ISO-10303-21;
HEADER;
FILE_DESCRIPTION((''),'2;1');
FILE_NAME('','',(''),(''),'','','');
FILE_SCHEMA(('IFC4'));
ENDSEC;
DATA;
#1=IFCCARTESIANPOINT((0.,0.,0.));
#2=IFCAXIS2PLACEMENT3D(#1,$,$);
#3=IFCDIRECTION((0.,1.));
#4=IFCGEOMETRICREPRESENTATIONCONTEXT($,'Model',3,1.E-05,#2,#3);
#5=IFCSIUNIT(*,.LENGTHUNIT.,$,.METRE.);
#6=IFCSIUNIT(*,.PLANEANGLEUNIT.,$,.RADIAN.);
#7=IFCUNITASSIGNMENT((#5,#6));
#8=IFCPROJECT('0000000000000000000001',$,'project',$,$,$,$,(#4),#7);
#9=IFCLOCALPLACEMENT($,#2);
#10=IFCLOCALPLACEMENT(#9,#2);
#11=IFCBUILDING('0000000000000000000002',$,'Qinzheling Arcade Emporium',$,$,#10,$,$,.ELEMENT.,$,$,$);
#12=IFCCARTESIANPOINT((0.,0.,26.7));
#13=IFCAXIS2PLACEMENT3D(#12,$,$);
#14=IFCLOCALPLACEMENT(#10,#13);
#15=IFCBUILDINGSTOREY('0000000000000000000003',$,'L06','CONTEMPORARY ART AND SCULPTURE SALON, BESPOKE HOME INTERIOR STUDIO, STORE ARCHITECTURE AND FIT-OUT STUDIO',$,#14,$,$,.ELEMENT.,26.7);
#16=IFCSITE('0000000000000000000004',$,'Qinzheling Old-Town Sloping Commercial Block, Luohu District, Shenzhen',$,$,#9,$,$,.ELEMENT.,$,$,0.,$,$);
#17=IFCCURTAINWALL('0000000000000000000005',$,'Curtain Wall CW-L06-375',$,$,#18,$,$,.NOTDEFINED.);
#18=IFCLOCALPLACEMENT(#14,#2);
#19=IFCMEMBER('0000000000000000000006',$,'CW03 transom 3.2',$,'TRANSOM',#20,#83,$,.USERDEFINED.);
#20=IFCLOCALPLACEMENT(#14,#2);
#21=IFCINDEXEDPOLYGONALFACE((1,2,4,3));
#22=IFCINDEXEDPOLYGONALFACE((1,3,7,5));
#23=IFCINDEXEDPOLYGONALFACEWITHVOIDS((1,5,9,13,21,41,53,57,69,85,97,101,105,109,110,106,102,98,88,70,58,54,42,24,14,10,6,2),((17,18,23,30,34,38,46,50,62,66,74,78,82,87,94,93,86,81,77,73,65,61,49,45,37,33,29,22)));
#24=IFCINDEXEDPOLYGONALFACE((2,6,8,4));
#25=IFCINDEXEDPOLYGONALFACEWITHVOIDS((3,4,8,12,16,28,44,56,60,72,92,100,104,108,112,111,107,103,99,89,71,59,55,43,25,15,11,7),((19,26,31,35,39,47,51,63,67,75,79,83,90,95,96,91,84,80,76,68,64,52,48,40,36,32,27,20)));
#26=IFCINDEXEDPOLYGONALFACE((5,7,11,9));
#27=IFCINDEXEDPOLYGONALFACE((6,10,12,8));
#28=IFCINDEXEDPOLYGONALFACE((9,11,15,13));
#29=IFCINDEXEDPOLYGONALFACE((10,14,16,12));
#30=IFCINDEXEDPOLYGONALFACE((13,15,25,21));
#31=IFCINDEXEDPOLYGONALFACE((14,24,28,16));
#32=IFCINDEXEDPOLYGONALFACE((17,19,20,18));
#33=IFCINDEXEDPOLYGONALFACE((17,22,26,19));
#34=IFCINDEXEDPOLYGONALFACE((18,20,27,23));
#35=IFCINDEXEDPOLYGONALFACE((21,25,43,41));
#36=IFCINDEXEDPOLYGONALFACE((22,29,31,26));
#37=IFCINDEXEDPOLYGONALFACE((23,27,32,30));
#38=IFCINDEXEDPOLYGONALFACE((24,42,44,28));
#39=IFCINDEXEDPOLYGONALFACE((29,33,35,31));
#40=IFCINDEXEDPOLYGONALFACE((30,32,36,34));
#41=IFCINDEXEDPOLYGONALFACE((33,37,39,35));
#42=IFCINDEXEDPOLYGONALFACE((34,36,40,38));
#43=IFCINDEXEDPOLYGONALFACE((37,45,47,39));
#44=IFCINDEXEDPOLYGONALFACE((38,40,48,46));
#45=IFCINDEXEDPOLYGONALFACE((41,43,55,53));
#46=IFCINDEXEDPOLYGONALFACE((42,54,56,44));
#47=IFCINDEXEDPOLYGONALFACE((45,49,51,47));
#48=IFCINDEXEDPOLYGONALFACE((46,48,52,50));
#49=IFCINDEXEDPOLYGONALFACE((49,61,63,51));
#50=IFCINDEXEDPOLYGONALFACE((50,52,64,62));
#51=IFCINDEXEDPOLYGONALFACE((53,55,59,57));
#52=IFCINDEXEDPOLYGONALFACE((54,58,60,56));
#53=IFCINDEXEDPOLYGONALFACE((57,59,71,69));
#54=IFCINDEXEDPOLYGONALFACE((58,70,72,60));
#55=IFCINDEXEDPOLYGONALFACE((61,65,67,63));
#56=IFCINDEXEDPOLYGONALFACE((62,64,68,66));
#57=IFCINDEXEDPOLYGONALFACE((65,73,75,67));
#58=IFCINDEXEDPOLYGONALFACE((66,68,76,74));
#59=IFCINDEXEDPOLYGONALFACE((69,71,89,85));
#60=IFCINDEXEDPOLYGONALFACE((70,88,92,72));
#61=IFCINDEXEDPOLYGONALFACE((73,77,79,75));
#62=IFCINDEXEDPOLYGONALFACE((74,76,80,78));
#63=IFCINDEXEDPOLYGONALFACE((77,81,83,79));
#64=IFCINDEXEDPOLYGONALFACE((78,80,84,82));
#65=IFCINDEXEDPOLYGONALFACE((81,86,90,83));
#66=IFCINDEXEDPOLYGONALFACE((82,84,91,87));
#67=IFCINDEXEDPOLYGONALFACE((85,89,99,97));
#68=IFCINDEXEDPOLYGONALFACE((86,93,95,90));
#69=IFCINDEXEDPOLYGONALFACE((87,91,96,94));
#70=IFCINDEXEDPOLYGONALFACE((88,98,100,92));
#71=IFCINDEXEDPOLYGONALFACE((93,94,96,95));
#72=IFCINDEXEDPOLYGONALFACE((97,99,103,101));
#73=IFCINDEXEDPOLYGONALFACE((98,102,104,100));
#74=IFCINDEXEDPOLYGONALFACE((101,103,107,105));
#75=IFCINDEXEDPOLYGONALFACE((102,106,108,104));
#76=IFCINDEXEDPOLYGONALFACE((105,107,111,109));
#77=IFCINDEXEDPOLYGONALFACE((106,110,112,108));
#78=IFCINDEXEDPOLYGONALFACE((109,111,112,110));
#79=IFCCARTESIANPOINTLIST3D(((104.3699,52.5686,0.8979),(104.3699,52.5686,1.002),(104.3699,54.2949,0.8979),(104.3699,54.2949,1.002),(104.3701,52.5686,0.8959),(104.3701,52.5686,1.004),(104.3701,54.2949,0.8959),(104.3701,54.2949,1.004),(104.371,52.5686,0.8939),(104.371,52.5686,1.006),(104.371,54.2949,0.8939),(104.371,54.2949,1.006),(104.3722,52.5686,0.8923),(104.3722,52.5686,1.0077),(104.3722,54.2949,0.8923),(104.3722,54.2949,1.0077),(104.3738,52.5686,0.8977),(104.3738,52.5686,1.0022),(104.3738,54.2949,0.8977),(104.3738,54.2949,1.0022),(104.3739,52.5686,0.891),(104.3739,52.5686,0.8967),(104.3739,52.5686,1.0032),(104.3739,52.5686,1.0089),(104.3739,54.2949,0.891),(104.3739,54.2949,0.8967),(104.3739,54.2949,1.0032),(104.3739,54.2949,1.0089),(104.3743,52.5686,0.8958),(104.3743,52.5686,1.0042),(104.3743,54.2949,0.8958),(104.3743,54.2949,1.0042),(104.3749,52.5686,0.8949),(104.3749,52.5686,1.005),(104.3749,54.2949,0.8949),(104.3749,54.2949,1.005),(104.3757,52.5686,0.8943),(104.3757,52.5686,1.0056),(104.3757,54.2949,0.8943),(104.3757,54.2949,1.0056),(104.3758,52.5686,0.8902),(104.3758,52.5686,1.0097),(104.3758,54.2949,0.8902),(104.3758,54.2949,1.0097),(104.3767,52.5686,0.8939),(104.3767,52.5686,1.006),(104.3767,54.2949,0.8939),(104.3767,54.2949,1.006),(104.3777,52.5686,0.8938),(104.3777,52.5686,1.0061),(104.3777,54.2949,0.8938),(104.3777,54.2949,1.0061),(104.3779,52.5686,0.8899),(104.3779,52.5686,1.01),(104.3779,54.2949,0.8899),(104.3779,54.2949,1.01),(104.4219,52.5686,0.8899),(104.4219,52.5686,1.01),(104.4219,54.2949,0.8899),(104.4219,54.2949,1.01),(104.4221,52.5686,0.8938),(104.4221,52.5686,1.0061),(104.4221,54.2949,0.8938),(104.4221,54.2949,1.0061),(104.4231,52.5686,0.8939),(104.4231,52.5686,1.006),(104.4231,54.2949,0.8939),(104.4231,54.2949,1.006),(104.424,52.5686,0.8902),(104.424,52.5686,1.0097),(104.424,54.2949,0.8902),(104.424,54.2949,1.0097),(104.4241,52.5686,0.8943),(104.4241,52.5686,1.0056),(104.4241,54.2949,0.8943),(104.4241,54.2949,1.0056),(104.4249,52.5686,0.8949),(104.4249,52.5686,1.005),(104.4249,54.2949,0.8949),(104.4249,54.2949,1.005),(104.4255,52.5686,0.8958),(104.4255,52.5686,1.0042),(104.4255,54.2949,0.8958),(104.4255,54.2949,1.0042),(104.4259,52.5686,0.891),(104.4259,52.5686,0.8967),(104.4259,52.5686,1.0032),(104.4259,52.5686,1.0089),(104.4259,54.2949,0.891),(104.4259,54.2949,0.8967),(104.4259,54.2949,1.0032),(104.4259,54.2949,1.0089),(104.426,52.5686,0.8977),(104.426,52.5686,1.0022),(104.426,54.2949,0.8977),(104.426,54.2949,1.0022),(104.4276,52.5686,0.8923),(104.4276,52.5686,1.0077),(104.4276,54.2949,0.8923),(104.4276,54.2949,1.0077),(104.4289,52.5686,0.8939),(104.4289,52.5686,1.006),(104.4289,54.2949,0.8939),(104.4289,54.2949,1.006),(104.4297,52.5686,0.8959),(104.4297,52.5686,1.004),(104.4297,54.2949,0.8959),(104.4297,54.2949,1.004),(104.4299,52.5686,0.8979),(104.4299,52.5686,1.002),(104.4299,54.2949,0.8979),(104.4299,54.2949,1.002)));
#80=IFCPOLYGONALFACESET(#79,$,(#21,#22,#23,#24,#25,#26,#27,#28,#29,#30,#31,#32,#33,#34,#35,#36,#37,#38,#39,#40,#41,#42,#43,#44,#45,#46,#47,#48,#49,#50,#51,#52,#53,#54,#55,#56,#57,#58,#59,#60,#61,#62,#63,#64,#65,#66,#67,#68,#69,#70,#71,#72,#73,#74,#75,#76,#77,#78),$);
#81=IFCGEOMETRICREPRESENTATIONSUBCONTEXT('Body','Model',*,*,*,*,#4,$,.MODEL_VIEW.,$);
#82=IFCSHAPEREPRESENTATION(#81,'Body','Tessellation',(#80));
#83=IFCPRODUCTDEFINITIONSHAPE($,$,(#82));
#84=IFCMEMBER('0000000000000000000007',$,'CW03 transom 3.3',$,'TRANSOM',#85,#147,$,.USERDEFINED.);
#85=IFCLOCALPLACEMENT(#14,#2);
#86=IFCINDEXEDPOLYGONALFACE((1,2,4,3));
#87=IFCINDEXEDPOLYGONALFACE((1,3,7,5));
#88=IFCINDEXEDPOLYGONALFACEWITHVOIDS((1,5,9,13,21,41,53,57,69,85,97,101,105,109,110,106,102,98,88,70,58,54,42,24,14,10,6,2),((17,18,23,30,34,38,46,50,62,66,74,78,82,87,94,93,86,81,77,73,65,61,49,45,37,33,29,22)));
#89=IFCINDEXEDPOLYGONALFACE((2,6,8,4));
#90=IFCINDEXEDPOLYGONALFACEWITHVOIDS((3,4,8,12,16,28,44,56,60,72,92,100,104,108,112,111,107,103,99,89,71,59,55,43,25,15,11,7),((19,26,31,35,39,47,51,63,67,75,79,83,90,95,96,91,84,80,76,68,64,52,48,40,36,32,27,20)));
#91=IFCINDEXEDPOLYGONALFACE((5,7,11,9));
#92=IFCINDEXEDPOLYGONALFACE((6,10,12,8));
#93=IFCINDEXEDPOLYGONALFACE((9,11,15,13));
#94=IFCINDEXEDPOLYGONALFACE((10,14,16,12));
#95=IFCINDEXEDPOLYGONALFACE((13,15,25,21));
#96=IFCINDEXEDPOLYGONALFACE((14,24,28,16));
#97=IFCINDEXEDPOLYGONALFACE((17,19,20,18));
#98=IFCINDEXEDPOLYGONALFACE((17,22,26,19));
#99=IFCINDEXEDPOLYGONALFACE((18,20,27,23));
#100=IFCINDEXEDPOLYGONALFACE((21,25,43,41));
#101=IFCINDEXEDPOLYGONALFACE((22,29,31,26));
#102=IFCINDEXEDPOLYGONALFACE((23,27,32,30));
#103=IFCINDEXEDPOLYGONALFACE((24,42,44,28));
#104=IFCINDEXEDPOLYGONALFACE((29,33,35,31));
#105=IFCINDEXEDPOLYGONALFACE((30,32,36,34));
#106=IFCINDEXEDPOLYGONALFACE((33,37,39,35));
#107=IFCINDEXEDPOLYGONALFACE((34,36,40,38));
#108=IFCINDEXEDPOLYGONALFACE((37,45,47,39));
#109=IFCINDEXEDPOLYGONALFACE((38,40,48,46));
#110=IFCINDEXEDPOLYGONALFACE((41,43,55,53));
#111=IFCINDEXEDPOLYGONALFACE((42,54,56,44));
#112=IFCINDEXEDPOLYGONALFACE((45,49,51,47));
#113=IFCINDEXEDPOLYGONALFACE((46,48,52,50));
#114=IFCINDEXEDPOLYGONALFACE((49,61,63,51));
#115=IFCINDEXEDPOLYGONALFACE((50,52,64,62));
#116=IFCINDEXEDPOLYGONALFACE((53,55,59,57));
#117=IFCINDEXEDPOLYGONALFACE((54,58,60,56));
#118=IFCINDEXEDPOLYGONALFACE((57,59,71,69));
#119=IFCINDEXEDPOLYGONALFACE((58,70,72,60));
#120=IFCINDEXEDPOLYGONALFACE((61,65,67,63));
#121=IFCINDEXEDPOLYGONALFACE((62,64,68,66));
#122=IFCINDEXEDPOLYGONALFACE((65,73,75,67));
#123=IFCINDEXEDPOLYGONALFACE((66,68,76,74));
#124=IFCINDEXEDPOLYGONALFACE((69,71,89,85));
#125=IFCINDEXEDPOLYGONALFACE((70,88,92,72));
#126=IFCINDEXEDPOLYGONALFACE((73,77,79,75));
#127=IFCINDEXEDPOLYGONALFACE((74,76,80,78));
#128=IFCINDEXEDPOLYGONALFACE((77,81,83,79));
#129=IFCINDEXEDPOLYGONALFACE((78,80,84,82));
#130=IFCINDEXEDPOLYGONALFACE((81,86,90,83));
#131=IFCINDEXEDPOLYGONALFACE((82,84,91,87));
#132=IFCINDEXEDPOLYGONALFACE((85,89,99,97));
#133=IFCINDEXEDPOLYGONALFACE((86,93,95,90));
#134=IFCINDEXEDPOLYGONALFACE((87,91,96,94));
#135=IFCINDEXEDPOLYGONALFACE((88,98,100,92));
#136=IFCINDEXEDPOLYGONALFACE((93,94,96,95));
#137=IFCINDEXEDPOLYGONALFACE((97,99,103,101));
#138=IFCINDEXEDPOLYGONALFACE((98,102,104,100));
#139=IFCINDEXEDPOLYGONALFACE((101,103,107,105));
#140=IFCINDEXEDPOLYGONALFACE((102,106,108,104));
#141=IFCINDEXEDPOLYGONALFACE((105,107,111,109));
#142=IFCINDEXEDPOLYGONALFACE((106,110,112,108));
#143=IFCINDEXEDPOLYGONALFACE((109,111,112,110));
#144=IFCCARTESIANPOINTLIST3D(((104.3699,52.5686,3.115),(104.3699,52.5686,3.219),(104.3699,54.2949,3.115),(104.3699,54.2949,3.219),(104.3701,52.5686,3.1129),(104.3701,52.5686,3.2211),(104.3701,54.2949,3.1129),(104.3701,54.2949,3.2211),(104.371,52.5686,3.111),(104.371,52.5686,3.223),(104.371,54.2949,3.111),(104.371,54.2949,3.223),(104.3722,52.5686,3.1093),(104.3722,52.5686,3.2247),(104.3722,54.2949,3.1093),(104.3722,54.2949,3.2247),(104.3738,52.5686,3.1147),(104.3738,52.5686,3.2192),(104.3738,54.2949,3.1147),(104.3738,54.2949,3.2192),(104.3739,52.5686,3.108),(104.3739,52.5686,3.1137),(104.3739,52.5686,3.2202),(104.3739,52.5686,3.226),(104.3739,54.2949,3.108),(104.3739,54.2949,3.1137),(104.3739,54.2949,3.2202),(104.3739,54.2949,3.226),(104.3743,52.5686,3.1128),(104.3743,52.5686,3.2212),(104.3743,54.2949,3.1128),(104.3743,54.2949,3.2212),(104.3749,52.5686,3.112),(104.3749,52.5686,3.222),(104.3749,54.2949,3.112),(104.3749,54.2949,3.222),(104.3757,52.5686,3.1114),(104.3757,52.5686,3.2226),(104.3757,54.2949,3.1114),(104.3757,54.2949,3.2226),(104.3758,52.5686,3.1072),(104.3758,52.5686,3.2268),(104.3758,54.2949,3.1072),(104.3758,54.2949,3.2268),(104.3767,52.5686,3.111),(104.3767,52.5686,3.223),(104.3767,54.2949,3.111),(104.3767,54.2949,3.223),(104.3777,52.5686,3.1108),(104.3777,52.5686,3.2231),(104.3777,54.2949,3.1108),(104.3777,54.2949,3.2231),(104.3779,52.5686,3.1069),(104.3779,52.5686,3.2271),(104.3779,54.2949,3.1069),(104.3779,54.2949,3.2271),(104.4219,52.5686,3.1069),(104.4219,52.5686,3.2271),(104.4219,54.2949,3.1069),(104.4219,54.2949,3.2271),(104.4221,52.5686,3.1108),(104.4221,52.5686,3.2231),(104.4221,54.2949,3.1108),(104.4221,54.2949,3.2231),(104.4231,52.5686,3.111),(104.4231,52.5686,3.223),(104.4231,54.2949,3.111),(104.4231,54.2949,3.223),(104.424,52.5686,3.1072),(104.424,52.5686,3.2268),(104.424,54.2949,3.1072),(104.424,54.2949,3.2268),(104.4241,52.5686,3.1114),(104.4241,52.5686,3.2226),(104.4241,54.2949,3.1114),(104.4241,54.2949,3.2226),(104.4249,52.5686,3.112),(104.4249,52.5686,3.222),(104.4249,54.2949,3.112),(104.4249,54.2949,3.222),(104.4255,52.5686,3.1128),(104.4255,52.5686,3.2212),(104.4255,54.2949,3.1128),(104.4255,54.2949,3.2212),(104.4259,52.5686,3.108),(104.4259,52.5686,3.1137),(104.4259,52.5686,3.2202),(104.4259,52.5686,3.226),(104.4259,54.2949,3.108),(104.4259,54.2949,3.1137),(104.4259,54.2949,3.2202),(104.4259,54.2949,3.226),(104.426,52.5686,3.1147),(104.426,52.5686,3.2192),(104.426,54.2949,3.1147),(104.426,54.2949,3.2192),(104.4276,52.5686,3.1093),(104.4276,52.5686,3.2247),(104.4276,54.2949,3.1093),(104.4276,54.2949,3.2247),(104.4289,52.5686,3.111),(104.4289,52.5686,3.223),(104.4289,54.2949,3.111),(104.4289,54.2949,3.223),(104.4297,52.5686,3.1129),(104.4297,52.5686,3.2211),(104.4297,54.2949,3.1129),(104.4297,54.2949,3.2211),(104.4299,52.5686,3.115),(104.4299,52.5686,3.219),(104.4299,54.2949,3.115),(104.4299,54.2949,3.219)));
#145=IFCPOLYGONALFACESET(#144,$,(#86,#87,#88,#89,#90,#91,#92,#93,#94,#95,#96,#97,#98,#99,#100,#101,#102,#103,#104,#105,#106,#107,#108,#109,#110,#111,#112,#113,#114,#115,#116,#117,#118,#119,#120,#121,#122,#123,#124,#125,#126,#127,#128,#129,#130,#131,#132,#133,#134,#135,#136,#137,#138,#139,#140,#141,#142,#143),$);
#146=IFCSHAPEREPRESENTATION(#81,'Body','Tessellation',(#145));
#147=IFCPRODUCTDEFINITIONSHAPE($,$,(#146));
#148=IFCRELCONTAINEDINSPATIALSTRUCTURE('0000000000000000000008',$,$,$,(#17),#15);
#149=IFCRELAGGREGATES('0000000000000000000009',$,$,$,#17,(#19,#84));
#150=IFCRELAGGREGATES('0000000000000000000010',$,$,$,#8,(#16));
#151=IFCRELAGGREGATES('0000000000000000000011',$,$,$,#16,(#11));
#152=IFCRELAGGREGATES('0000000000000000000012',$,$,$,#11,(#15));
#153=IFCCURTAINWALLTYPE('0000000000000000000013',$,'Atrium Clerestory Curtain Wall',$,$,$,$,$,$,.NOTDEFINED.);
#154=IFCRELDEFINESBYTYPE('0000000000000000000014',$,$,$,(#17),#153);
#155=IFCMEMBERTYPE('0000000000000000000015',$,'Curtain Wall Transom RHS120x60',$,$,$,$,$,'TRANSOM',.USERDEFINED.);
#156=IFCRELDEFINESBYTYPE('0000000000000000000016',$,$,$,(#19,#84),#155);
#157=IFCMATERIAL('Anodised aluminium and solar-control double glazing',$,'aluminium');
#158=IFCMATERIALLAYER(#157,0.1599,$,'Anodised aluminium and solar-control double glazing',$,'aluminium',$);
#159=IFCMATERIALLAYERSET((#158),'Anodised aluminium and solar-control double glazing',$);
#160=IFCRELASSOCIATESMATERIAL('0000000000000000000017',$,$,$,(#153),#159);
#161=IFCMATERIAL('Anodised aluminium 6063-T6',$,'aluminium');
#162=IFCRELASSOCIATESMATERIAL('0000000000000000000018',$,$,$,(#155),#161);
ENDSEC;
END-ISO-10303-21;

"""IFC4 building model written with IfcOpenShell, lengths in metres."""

from ifc_helpers import new_model, si_unit, direction, frame, origin, origin_2d, place, context, subcontext, project, spatial, hollow_rectangle, extrude, material, layer, layer_set, material_profile, profile_set, type_object, element, aggregate, save


model = new_model("IFC4")

# Units and contexts
model_context = context("Model", 3, precision=1e-05, world=origin(), true_north=direction((0.0, 1.0)))
body_context = subcontext(model_context, "Body", "Model", "MODEL_VIEW")
ifc_project = project(units=[si_unit("LENGTHUNIT", "METRE"), si_unit("PLANEANGLEUNIT", "RADIAN")], contexts=[model_context])

# Site, building, storey
site_placement = place(None, origin())
site = spatial("IfcSite", under=ifc_project, at=site_placement, Name="Qinzheling Old-Town Sloping Commercial Block, Luohu District, Shenzhen", CompositionType="ELEMENT", RefElevation=0.0)
building_placement = place(site_placement, origin())
building = spatial("IfcBuilding", under=site, at=building_placement, Name="Qinzheling Arcade Emporium", CompositionType="ELEMENT")
storey_placement = place(building_placement, frame((0.0, 0.0, 26.7)))
storey = spatial("IfcBuildingStorey", under=building, at=storey_placement, Name="L06", Description="CONTEMPORARY ART AND SCULPTURE SALON, BESPOKE HOME INTERIOR STUDIO, STORE ARCHITECTURE AND FIT-OUT STUDIO", CompositionType="ELEMENT", Elevation=26.7)

# Curtain wall, members
ifc_material_1 = material(Name="Anodised aluminium and solar-control double glazing", Category="aluminium")
ifc_layer_1 = layer(ifc_material_1, 0.1599, Name="Anodised aluminium and solar-control double glazing", Category="aluminium")
ifc_layer_set_1 = layer_set([ifc_layer_1], Name="Anodised aluminium and solar-control double glazing")
curtain_wall_type = type_object("IfcCurtainWallType", Name="Atrium Clerestory Curtain Wall", PredefinedType="NOTDEFINED", material=ifc_layer_set_1)
curtain_wall_placement = place(storey_placement, origin())
curtain_wall = element("IfcCurtainWall", 1, at=curtain_wall_placement, inside=storey, type_object=curtain_wall_type, Name="Curtain Wall CW-L06-375", PredefinedType="NOTDEFINED")
ifc_material_2 = material(Name="Anodised aluminium 6063-T6", Category="aluminium")
ifc_material_profile_1 = material_profile(ifc_material_2, hollow_rectangle(XDim=0.0601, YDim=0.1201, WallThickness=0.0039, InnerFilletRadius=0.0039, OuterFilletRadius=0.0081, at=origin_2d()), Name="RHS 120x60x4", Category="aluminium")
ifc_profile_set_1 = profile_set([ifc_material_profile_1], Name="Anodised aluminium 6063-T6")
member_type_1 = type_object("IfcMemberType", Name="Curtain Wall Transom RHS120x60", ElementType="TRANSOM", PredefinedType="USERDEFINED", material=ifc_profile_set_1)
member_1_placement = place(storey_placement, frame((104.3999, 54.2949, 0.95), z_axis=(0.0, -1.0, 0.0), x_axis=(1.0, 0.0, 0.0)))
member_1 = element("IfcMember", 2, at=member_1_placement, type_object=member_type_1, Name="CW03 transom 3.2", ObjectType="TRANSOM", PredefinedType="USERDEFINED", context=body_context, shape_type="SweptSolid", body=[
    extrude(hollow_rectangle(XDim=0.0601, YDim=0.1201, WallThickness=0.0039, InnerFilletRadius=0.0039, OuterFilletRadius=0.0081, at=origin_2d()), origin(), (0.0, 0.0, 1.0), 1.7263),
])
member_2_placement = place(storey_placement, frame((104.3999, 54.2949, 3.167), z_axis=(0.0, -1.0, 0.0), x_axis=(1.0, 0.0, 0.0)))
member_2 = element("IfcMember", 3, at=member_2_placement, type_object=member_type_1, Name="CW03 transom 3.3", ObjectType="TRANSOM", PredefinedType="USERDEFINED", context=body_context, shape_type="SweptSolid", body=[
    extrude(hollow_rectangle(XDim=0.0601, YDim=0.1201, WallThickness=0.0039, InnerFilletRadius=0.0039, OuterFilletRadius=0.0081, at=origin_2d()), origin(), (0.0, 0.0, 1.0), 1.7263),
])
aggregate(curtain_wall, [member_1, member_2])

save(model, "model.ifc")
